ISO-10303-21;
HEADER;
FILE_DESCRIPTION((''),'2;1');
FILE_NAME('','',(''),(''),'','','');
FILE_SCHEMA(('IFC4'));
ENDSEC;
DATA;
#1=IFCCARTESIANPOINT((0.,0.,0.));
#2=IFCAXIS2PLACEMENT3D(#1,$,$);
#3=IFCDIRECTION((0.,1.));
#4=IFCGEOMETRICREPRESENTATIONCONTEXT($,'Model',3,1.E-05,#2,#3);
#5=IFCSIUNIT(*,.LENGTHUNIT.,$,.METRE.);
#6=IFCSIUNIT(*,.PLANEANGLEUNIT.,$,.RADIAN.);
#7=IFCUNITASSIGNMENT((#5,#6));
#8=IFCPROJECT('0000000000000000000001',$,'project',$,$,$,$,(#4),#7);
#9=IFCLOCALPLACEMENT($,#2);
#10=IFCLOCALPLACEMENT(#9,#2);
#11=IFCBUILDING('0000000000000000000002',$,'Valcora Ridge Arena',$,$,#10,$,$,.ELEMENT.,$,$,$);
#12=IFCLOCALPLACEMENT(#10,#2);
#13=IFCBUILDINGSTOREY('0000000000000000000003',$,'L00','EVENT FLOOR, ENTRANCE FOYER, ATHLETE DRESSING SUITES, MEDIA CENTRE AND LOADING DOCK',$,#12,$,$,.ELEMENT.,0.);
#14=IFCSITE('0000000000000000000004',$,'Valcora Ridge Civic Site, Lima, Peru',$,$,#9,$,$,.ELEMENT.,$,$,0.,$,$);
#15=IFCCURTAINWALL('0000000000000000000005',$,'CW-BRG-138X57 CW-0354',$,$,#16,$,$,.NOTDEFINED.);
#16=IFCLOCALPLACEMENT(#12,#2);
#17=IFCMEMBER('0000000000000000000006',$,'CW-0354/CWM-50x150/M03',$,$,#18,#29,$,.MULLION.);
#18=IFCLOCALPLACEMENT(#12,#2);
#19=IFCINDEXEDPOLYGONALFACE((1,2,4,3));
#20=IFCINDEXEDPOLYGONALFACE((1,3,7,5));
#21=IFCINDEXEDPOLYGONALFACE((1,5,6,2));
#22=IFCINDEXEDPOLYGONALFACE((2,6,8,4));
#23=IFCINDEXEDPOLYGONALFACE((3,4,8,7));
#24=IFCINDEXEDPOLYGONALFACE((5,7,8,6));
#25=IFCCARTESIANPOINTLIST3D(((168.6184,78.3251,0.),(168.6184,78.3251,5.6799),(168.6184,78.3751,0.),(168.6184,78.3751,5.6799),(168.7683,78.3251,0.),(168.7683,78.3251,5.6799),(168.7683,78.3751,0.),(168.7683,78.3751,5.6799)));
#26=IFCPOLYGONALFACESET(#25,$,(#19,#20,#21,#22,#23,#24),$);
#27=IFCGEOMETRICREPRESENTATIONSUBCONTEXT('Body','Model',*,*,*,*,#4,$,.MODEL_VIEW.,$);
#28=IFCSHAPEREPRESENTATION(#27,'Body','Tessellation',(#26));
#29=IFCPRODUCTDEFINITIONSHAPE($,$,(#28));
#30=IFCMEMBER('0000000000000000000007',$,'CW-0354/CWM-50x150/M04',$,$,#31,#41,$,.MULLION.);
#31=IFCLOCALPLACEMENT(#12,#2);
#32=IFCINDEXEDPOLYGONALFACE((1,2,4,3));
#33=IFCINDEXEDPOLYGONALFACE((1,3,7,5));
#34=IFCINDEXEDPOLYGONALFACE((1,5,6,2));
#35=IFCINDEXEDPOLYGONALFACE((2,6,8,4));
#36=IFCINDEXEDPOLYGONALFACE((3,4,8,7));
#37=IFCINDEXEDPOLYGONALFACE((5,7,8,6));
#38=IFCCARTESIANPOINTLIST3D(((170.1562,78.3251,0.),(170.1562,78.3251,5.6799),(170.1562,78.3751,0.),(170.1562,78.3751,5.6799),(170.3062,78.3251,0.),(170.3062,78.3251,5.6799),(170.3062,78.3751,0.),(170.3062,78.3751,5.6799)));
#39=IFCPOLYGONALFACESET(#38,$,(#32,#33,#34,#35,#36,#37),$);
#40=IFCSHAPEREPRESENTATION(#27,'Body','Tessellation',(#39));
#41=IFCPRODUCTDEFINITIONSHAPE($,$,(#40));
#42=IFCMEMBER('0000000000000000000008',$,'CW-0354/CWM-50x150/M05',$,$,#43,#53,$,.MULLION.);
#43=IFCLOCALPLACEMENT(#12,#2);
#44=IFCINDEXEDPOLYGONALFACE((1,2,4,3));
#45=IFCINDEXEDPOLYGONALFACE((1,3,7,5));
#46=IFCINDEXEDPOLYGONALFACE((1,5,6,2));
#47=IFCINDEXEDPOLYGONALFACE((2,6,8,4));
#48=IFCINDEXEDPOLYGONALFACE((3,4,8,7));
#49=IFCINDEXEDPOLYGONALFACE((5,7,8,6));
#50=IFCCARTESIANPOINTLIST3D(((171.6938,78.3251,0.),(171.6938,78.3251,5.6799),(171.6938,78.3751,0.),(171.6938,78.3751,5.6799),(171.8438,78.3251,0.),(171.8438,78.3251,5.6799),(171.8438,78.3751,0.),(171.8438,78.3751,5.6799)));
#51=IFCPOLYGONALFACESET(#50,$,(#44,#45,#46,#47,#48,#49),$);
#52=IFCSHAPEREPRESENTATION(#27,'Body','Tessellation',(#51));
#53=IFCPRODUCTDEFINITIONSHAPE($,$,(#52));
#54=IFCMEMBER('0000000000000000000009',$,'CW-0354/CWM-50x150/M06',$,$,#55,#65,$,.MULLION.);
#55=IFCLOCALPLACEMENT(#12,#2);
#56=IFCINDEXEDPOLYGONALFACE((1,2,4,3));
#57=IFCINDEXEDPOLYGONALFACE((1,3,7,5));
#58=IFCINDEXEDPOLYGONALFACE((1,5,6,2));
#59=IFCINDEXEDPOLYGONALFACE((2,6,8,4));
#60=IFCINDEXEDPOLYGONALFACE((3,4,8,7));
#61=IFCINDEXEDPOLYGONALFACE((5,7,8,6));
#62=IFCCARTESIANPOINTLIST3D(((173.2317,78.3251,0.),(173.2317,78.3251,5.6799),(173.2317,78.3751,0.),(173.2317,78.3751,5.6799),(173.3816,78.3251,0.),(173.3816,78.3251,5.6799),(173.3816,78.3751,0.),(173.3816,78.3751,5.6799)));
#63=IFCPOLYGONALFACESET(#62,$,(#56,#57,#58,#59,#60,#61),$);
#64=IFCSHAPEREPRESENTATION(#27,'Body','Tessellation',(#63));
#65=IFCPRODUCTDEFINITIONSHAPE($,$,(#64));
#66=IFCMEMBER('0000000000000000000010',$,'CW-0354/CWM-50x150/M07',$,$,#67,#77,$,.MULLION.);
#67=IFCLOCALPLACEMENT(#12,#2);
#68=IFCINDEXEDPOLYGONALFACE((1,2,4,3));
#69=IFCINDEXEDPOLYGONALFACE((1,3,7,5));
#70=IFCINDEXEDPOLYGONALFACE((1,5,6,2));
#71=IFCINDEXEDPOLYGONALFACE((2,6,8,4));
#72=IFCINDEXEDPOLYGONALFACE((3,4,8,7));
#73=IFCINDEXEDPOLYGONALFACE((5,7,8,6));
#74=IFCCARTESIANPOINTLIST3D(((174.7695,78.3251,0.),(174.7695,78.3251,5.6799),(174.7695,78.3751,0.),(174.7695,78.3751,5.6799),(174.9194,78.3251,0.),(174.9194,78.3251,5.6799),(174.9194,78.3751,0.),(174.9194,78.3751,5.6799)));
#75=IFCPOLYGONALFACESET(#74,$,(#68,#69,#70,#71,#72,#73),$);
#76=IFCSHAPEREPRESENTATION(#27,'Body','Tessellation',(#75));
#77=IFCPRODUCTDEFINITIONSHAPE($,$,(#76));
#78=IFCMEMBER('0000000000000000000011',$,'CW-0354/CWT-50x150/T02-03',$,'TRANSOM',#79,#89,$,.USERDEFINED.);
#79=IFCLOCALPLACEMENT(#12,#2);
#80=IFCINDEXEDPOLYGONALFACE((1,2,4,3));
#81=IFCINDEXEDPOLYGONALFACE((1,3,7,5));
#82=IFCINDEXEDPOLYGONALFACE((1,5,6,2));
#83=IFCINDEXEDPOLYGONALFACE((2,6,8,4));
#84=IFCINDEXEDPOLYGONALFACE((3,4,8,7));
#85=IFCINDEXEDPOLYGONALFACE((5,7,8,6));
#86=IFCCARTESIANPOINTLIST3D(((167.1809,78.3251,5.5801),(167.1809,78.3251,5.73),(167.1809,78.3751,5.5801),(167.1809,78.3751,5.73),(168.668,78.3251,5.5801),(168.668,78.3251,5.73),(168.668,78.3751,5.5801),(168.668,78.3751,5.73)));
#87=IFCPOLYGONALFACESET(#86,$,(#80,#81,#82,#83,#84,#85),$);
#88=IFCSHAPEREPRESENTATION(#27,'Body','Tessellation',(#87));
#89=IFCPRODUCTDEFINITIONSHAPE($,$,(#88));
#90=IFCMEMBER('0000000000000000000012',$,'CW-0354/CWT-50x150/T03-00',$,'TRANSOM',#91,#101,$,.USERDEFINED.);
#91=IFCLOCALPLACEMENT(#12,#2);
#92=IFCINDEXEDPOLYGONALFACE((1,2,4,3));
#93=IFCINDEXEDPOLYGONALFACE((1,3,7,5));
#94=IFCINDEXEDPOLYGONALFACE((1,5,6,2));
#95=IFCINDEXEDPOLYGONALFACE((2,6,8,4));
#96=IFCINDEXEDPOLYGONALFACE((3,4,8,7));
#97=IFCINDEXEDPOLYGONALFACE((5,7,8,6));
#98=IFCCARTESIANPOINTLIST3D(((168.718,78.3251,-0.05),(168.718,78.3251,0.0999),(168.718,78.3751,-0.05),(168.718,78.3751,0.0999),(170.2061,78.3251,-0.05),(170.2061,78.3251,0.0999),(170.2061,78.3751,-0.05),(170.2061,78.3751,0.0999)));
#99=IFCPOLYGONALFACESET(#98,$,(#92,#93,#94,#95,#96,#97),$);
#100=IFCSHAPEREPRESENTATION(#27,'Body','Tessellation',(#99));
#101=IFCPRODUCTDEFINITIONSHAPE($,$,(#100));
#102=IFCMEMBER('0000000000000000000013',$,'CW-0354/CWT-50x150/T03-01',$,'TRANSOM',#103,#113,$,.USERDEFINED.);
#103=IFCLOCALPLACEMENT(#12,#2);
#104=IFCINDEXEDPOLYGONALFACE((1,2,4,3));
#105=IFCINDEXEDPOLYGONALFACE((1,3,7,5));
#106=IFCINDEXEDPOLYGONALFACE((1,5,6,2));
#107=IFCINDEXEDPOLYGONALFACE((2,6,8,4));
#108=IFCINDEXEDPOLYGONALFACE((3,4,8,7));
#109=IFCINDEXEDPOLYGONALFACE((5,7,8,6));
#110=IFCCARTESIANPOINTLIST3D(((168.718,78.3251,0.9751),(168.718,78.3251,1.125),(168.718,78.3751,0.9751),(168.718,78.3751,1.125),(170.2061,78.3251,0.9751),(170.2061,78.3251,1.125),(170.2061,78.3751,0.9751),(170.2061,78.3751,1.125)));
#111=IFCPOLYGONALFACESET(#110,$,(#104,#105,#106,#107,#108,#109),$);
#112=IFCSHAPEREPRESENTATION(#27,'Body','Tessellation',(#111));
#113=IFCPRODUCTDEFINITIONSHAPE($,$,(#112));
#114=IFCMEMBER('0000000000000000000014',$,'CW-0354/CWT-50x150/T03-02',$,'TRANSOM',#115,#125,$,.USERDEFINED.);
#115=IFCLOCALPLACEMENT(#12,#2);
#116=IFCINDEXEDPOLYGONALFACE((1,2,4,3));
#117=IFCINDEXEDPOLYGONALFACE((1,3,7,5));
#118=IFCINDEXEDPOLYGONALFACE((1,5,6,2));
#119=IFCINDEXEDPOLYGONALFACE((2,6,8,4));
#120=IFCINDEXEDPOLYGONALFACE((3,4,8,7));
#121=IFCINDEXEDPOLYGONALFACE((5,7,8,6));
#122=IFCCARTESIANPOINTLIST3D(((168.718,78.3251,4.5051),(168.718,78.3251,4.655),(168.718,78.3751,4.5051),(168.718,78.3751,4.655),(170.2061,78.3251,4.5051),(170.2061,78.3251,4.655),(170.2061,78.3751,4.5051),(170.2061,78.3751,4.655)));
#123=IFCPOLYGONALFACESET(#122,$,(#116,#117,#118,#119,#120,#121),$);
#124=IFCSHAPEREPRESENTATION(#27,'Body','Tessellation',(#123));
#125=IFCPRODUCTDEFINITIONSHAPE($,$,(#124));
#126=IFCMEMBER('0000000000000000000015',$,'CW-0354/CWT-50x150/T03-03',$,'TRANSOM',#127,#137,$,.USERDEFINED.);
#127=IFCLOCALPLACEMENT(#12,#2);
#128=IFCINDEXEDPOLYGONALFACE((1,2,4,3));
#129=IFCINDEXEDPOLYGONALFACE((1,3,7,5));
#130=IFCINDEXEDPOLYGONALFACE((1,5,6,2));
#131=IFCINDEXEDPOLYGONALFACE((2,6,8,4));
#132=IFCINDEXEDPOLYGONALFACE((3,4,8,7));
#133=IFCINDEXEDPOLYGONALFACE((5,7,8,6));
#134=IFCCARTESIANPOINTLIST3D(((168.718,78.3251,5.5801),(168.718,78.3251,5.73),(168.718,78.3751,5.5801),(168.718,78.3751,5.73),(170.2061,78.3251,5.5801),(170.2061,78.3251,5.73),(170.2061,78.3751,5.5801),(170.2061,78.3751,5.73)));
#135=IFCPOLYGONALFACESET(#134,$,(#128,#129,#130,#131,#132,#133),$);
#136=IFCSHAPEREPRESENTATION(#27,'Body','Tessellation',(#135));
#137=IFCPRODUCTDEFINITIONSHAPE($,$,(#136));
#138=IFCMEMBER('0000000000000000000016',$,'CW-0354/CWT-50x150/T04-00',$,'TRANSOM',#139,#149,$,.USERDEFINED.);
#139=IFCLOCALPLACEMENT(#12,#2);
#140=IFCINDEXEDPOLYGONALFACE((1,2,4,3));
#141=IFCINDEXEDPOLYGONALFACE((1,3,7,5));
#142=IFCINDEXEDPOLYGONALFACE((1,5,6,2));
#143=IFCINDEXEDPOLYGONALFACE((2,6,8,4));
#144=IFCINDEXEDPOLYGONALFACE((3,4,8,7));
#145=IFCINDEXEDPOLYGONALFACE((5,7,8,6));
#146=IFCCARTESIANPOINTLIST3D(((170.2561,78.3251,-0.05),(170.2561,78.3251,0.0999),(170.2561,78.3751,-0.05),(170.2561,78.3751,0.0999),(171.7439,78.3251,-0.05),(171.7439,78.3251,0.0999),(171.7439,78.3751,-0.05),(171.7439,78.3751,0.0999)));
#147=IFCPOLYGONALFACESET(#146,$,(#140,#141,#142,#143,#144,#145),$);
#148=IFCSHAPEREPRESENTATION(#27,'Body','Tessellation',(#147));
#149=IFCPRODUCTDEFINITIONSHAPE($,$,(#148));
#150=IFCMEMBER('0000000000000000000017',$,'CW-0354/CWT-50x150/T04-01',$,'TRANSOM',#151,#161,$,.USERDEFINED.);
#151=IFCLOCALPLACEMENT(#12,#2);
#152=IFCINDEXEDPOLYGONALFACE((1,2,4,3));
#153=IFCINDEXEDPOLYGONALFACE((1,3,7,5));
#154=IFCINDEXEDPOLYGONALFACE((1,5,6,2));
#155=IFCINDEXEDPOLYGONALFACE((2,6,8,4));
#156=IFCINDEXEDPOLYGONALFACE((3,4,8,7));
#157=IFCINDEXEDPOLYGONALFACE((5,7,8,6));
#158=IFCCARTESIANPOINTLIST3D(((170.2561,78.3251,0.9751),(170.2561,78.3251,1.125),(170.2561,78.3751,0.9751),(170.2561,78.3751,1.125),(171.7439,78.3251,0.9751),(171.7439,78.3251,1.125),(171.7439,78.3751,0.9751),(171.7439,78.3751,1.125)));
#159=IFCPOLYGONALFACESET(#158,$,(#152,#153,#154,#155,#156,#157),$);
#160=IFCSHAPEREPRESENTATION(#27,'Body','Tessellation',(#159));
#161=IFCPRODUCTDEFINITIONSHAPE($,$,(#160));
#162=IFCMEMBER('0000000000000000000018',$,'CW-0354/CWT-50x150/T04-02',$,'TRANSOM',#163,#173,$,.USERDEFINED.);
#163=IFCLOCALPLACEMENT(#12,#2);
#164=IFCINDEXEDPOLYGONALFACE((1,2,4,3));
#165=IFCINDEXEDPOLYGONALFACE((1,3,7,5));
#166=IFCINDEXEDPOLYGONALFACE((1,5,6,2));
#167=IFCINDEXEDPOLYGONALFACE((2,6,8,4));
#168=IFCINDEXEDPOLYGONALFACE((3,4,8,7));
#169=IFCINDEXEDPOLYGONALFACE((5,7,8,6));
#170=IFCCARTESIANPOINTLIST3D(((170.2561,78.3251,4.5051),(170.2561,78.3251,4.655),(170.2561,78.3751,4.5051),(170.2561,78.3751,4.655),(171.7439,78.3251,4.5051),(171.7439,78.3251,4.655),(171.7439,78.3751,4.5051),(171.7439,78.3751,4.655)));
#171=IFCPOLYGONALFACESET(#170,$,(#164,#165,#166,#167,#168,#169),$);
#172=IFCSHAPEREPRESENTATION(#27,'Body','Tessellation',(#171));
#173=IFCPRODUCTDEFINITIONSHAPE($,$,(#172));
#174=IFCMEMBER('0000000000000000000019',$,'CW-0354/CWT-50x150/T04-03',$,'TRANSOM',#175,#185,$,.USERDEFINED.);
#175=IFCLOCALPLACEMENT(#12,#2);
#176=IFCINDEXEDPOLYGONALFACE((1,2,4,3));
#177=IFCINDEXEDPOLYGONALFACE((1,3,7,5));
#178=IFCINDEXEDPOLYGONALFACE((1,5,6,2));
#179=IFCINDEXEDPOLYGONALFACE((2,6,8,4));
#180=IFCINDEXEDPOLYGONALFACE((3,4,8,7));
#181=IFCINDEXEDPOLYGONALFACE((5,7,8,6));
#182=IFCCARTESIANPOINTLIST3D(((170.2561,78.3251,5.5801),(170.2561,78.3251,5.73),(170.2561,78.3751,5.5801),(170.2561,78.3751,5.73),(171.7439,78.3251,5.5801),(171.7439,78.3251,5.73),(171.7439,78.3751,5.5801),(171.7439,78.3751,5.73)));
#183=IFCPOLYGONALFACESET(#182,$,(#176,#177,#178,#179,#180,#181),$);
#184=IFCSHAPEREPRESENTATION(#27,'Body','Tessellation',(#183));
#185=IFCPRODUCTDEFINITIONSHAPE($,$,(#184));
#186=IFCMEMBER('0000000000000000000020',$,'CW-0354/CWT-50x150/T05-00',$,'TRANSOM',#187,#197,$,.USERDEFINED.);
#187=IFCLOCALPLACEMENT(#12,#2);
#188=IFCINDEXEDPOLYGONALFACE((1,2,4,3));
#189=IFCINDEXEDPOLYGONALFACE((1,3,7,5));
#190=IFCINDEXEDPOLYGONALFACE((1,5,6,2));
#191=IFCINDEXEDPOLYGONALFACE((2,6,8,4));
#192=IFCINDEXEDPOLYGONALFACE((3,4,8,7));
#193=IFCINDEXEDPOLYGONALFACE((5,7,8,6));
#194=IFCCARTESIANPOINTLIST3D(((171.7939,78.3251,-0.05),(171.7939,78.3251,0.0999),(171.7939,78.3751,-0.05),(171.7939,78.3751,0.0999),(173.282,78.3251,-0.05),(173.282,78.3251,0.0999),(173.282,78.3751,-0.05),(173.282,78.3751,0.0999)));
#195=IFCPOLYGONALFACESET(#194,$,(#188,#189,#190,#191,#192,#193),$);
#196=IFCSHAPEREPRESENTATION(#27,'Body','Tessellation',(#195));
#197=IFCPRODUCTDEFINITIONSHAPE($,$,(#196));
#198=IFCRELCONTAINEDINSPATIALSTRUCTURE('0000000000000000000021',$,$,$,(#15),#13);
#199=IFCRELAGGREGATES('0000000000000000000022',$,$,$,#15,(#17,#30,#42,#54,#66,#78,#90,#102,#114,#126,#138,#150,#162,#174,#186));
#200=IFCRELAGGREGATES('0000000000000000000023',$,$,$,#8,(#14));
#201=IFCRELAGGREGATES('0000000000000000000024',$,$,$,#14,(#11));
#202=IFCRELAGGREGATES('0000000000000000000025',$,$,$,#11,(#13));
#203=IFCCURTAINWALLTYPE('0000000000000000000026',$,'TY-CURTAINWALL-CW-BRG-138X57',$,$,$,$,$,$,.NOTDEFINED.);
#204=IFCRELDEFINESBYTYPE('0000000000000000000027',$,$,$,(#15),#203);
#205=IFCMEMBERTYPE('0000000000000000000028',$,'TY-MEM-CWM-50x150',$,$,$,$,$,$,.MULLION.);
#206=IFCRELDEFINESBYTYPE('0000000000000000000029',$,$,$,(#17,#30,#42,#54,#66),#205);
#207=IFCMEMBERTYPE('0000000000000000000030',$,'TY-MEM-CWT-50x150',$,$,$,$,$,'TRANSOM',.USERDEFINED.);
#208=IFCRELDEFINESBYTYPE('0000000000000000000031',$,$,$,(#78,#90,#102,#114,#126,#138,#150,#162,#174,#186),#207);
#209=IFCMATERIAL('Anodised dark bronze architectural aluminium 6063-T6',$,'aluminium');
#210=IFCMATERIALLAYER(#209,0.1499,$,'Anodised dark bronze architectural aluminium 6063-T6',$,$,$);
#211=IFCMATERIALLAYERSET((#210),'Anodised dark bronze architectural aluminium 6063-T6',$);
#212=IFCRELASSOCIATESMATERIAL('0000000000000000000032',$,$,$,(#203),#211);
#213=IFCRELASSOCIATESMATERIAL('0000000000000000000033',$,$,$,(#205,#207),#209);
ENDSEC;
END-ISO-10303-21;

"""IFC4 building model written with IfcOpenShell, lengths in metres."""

from ifc_helpers import new_model, si_unit, direction, frame, origin, origin_2d, place, context, subcontext, project, spatial, rectangle, extrude, material, layer, layer_set, material_profile, profile_set, type_object, element, aggregate, save


model = new_model("IFC4")

# Units and contexts
model_context = context("Model", 3, precision=1e-05, world=origin(), true_north=direction((0.0, 1.0)))
body_context = subcontext(model_context, "Body", "Model", "MODEL_VIEW")
ifc_project = project(units=[si_unit("LENGTHUNIT", "METRE"), si_unit("PLANEANGLEUNIT", "RADIAN")], contexts=[model_context])

# Site, building, storey
site_placement = place(None, origin())
site = spatial("IfcSite", under=ifc_project, at=site_placement, Name="Valcora Ridge Civic Site, Lima, Peru", CompositionType="ELEMENT", RefElevation=0.0)
building_placement = place(site_placement, origin())
building = spatial("IfcBuilding", under=site, at=building_placement, Name="Valcora Ridge Arena", CompositionType="ELEMENT")
storey_placement = place(building_placement, origin())
storey = spatial("IfcBuildingStorey", under=building, at=storey_placement, Name="L00", Description="EVENT FLOOR, ENTRANCE FOYER, ATHLETE DRESSING SUITES, MEDIA CENTRE AND LOADING DOCK", CompositionType="ELEMENT", Elevation=0.0)

# Curtain wall, members
ifc_material_1 = material(Name="Anodised dark bronze architectural aluminium 6063-T6", Category="aluminium")
ifc_layer_1 = layer(ifc_material_1, 0.1499, Name="Anodised dark bronze architectural aluminium 6063-T6")
ifc_layer_set_1 = layer_set([ifc_layer_1], Name="Anodised dark bronze architectural aluminium 6063-T6")
curtain_wall_type = type_object("IfcCurtainWallType", Name="TY-CURTAINWALL-CW-BRG-138X57", PredefinedType="NOTDEFINED", material=ifc_layer_set_1)
curtain_wall_placement = place(storey_placement, origin())
curtain_wall = element("IfcCurtainWall", 1, at=curtain_wall_placement, inside=storey, type_object=curtain_wall_type, Name="CW-BRG-138X57 CW-0354", PredefinedType="NOTDEFINED")
ifc_material_profile_1 = material_profile(ifc_material_1, rectangle(XDim=0.05, YDim=0.1499, at=origin_2d()), Name="ALU MULLION 50x150")
ifc_profile_set_1 = profile_set([ifc_material_profile_1], Name="Anodised dark bronze architectural aluminium 6063-T6")
member_type_1 = type_object("IfcMemberType", Name="TY-MEM-CWM-50x150", PredefinedType="MULLION", material=ifc_profile_set_1)
member_1_placement = place(storey_placement, frame((168.6934, 78.3501, 0.0), z_axis=(0.0, 0.0, 1.0), x_axis=(0.0, 1.0, 0.0)))
member_1 = element("IfcMember", 2, at=member_1_placement, type_object=member_type_1, Name="CW-0354/CWM-50x150/M03", PredefinedType="MULLION", context=body_context, shape_type="SweptSolid", body=[
    extrude(rectangle(XDim=0.05, YDim=0.1499, at=origin_2d()), origin(), (0.0, 0.0, 1.0), 5.6799),
])
member_2_placement = place(storey_placement, frame((170.2312, 78.3501, 0.0), z_axis=(0.0, 0.0, 1.0), x_axis=(0.0, 1.0, 0.0)))
member_2 = element("IfcMember", 3, at=member_2_placement, type_object=member_type_1, Name="CW-0354/CWM-50x150/M04", PredefinedType="MULLION", context=body_context, shape_type="SweptSolid", body=[
    extrude(rectangle(XDim=0.05, YDim=0.1499, at=origin_2d()), origin(), (0.0, 0.0, 1.0), 5.6799),
])
member_3_placement = place(storey_placement, frame((171.7688, 78.3501, 0.0), z_axis=(0.0, 0.0, 1.0), x_axis=(0.0, 1.0, 0.0)))
member_3 = element("IfcMember", 4, at=member_3_placement, type_object=member_type_1, Name="CW-0354/CWM-50x150/M05", PredefinedType="MULLION", context=body_context, shape_type="SweptSolid", body=[
    extrude(rectangle(XDim=0.05, YDim=0.1499, at=origin_2d()), origin(), (0.0, 0.0, 1.0), 5.6799),
])
member_4_placement = place(storey_placement, frame((173.3066, 78.3501, 0.0), z_axis=(0.0, 0.0, 1.0), x_axis=(0.0, 1.0, 0.0)))
member_4 = element("IfcMember", 5, at=member_4_placement, type_object=member_type_1, Name="CW-0354/CWM-50x150/M06", PredefinedType="MULLION", context=body_context, shape_type="SweptSolid", body=[
    extrude(rectangle(XDim=0.05, YDim=0.1499, at=origin_2d()), origin(), (0.0, 0.0, 1.0), 5.6799),
])
member_5_placement = place(storey_placement, frame((174.8445, 78.3501, 0.0), z_axis=(0.0, 0.0, 1.0), x_axis=(0.0, 1.0, 0.0)))
member_5 = element("IfcMember", 6, at=member_5_placement, type_object=member_type_1, Name="CW-0354/CWM-50x150/M07", PredefinedType="MULLION", context=body_context, shape_type="SweptSolid", body=[
    extrude(rectangle(XDim=0.05, YDim=0.1499, at=origin_2d()), origin(), (0.0, 0.0, 1.0), 5.6799),
])
ifc_material_profile_2 = material_profile(ifc_material_1, rectangle(XDim=0.05, YDim=0.1499, at=origin_2d()), Name="ALU TRANSOM 50x150")
ifc_profile_set_2 = profile_set([ifc_material_profile_2], Name="Anodised dark bronze architectural aluminium 6063-T6")
member_type_2 = type_object("IfcMemberType", Name="TY-MEM-CWT-50x150", ElementType="TRANSOM", PredefinedType="USERDEFINED", material=ifc_profile_set_2)
member_6_placement = place(storey_placement, frame((167.1809, 78.3501, 5.655), z_axis=(1.0, 0.0, 0.0), x_axis=(0.0, 1.0, 0.0)))
member_6 = element("IfcMember", 7, at=member_6_placement, type_object=member_type_2, Name="CW-0354/CWT-50x150/T02-03", ObjectType="TRANSOM", PredefinedType="USERDEFINED", context=body_context, shape_type="SweptSolid", body=[
    extrude(rectangle(XDim=0.05, YDim=0.1499, at=origin_2d()), origin(), (0.0, 0.0, 1.0), 1.4871),
])
member_7_placement = place(storey_placement, frame((168.718, 78.3501, 0.0249), z_axis=(1.0, 0.0, 0.0), x_axis=(0.0, 1.0, 0.0)))
member_7 = element("IfcMember", 8, at=member_7_placement, type_object=member_type_2, Name="CW-0354/CWT-50x150/T03-00", ObjectType="TRANSOM", PredefinedType="USERDEFINED", context=body_context, shape_type="SweptSolid", body=[
    extrude(rectangle(XDim=0.05, YDim=0.1499, at=origin_2d()), origin(), (0.0, 0.0, 1.0), 1.488),
])
member_8_placement = place(storey_placement, frame((168.718, 78.3501, 1.05), z_axis=(1.0, 0.0, 0.0), x_axis=(0.0, 1.0, 0.0)))
member_8 = element("IfcMember", 9, at=member_8_placement, type_object=member_type_2, Name="CW-0354/CWT-50x150/T03-01", ObjectType="TRANSOM", PredefinedType="USERDEFINED", context=body_context, shape_type="SweptSolid", body=[
    extrude(rectangle(XDim=0.05, YDim=0.1499, at=origin_2d()), origin(), (0.0, 0.0, 1.0), 1.488),
])
member_9_placement = place(storey_placement, frame((168.718, 78.3501, 4.5801), z_axis=(1.0, 0.0, 0.0), x_axis=(0.0, 1.0, 0.0)))
member_9 = element("IfcMember", 10, at=member_9_placement, type_object=member_type_2, Name="CW-0354/CWT-50x150/T03-02", ObjectType="TRANSOM", PredefinedType="USERDEFINED", context=body_context, shape_type="SweptSolid", body=[
    extrude(rectangle(XDim=0.05, YDim=0.1499, at=origin_2d()), origin(), (0.0, 0.0, 1.0), 1.488),
])
member_10_placement = place(storey_placement, frame((168.718, 78.3501, 5.655), z_axis=(1.0, 0.0, 0.0), x_axis=(0.0, 1.0, 0.0)))
member_10 = element("IfcMember", 11, at=member_10_placement, type_object=member_type_2, Name="CW-0354/CWT-50x150/T03-03", ObjectType="TRANSOM", PredefinedType="USERDEFINED", context=body_context, shape_type="SweptSolid", body=[
    extrude(rectangle(XDim=0.05, YDim=0.1499, at=origin_2d()), origin(), (0.0, 0.0, 1.0), 1.488),
])
member_11_placement = place(storey_placement, frame((170.2561, 78.3501, 0.0249), z_axis=(1.0, 0.0, 0.0), x_axis=(0.0, 1.0, 0.0)))
member_11 = element("IfcMember", 12, at=member_11_placement, type_object=member_type_2, Name="CW-0354/CWT-50x150/T04-00", ObjectType="TRANSOM", PredefinedType="USERDEFINED", context=body_context, shape_type="SweptSolid", body=[
    extrude(rectangle(XDim=0.05, YDim=0.1499, at=origin_2d()), origin(), (0.0, 0.0, 1.0), 1.4878),
])
member_12_placement = place(storey_placement, frame((170.2561, 78.3501, 1.05), z_axis=(1.0, 0.0, 0.0), x_axis=(0.0, 1.0, 0.0)))
member_12 = element("IfcMember", 13, at=member_12_placement, type_object=member_type_2, Name="CW-0354/CWT-50x150/T04-01", ObjectType="TRANSOM", PredefinedType="USERDEFINED", context=body_context, shape_type="SweptSolid", body=[
    extrude(rectangle(XDim=0.05, YDim=0.1499, at=origin_2d()), origin(), (0.0, 0.0, 1.0), 1.4878),
])
member_13_placement = place(storey_placement, frame((170.2561, 78.3501, 4.5801), z_axis=(1.0, 0.0, 0.0), x_axis=(0.0, 1.0, 0.0)))
member_13 = element("IfcMember", 14, at=member_13_placement, type_object=member_type_2, Name="CW-0354/CWT-50x150/T04-02", ObjectType="TRANSOM", PredefinedType="USERDEFINED", context=body_context, shape_type="SweptSolid", body=[
    extrude(rectangle(XDim=0.05, YDim=0.1499, at=origin_2d()), origin(), (0.0, 0.0, 1.0), 1.4878),
])
member_14_placement = place(storey_placement, frame((170.2561, 78.3501, 5.655), z_axis=(1.0, 0.0, 0.0), x_axis=(0.0, 1.0, 0.0)))
member_14 = element("IfcMember", 15, at=member_14_placement, type_object=member_type_2, Name="CW-0354/CWT-50x150/T04-03", ObjectType="TRANSOM", PredefinedType="USERDEFINED", context=body_context, shape_type="SweptSolid", body=[
    extrude(rectangle(XDim=0.05, YDim=0.1499, at=origin_2d()), origin(), (0.0, 0.0, 1.0), 1.4878),
])
member_15_placement = place(storey_placement, frame((171.7939, 78.3501, 0.0249), z_axis=(1.0, 0.0, 0.0), x_axis=(0.0, 1.0, 0.0)))
member_15 = element("IfcMember", 16, at=member_15_placement, type_object=member_type_2, Name="CW-0354/CWT-50x150/T05-00", ObjectType="TRANSOM", PredefinedType="USERDEFINED", context=body_context, shape_type="SweptSolid", body=[
    extrude(rectangle(XDim=0.05, YDim=0.1499, at=origin_2d()), origin(), (0.0, 0.0, 1.0), 1.488),
])
aggregate(curtain_wall, [member_1, member_2, member_3, member_4, member_5, member_6, member_7, member_8, member_9, member_10, member_11, member_12, member_13, member_14, member_15])

save(model, "model.ifc")
